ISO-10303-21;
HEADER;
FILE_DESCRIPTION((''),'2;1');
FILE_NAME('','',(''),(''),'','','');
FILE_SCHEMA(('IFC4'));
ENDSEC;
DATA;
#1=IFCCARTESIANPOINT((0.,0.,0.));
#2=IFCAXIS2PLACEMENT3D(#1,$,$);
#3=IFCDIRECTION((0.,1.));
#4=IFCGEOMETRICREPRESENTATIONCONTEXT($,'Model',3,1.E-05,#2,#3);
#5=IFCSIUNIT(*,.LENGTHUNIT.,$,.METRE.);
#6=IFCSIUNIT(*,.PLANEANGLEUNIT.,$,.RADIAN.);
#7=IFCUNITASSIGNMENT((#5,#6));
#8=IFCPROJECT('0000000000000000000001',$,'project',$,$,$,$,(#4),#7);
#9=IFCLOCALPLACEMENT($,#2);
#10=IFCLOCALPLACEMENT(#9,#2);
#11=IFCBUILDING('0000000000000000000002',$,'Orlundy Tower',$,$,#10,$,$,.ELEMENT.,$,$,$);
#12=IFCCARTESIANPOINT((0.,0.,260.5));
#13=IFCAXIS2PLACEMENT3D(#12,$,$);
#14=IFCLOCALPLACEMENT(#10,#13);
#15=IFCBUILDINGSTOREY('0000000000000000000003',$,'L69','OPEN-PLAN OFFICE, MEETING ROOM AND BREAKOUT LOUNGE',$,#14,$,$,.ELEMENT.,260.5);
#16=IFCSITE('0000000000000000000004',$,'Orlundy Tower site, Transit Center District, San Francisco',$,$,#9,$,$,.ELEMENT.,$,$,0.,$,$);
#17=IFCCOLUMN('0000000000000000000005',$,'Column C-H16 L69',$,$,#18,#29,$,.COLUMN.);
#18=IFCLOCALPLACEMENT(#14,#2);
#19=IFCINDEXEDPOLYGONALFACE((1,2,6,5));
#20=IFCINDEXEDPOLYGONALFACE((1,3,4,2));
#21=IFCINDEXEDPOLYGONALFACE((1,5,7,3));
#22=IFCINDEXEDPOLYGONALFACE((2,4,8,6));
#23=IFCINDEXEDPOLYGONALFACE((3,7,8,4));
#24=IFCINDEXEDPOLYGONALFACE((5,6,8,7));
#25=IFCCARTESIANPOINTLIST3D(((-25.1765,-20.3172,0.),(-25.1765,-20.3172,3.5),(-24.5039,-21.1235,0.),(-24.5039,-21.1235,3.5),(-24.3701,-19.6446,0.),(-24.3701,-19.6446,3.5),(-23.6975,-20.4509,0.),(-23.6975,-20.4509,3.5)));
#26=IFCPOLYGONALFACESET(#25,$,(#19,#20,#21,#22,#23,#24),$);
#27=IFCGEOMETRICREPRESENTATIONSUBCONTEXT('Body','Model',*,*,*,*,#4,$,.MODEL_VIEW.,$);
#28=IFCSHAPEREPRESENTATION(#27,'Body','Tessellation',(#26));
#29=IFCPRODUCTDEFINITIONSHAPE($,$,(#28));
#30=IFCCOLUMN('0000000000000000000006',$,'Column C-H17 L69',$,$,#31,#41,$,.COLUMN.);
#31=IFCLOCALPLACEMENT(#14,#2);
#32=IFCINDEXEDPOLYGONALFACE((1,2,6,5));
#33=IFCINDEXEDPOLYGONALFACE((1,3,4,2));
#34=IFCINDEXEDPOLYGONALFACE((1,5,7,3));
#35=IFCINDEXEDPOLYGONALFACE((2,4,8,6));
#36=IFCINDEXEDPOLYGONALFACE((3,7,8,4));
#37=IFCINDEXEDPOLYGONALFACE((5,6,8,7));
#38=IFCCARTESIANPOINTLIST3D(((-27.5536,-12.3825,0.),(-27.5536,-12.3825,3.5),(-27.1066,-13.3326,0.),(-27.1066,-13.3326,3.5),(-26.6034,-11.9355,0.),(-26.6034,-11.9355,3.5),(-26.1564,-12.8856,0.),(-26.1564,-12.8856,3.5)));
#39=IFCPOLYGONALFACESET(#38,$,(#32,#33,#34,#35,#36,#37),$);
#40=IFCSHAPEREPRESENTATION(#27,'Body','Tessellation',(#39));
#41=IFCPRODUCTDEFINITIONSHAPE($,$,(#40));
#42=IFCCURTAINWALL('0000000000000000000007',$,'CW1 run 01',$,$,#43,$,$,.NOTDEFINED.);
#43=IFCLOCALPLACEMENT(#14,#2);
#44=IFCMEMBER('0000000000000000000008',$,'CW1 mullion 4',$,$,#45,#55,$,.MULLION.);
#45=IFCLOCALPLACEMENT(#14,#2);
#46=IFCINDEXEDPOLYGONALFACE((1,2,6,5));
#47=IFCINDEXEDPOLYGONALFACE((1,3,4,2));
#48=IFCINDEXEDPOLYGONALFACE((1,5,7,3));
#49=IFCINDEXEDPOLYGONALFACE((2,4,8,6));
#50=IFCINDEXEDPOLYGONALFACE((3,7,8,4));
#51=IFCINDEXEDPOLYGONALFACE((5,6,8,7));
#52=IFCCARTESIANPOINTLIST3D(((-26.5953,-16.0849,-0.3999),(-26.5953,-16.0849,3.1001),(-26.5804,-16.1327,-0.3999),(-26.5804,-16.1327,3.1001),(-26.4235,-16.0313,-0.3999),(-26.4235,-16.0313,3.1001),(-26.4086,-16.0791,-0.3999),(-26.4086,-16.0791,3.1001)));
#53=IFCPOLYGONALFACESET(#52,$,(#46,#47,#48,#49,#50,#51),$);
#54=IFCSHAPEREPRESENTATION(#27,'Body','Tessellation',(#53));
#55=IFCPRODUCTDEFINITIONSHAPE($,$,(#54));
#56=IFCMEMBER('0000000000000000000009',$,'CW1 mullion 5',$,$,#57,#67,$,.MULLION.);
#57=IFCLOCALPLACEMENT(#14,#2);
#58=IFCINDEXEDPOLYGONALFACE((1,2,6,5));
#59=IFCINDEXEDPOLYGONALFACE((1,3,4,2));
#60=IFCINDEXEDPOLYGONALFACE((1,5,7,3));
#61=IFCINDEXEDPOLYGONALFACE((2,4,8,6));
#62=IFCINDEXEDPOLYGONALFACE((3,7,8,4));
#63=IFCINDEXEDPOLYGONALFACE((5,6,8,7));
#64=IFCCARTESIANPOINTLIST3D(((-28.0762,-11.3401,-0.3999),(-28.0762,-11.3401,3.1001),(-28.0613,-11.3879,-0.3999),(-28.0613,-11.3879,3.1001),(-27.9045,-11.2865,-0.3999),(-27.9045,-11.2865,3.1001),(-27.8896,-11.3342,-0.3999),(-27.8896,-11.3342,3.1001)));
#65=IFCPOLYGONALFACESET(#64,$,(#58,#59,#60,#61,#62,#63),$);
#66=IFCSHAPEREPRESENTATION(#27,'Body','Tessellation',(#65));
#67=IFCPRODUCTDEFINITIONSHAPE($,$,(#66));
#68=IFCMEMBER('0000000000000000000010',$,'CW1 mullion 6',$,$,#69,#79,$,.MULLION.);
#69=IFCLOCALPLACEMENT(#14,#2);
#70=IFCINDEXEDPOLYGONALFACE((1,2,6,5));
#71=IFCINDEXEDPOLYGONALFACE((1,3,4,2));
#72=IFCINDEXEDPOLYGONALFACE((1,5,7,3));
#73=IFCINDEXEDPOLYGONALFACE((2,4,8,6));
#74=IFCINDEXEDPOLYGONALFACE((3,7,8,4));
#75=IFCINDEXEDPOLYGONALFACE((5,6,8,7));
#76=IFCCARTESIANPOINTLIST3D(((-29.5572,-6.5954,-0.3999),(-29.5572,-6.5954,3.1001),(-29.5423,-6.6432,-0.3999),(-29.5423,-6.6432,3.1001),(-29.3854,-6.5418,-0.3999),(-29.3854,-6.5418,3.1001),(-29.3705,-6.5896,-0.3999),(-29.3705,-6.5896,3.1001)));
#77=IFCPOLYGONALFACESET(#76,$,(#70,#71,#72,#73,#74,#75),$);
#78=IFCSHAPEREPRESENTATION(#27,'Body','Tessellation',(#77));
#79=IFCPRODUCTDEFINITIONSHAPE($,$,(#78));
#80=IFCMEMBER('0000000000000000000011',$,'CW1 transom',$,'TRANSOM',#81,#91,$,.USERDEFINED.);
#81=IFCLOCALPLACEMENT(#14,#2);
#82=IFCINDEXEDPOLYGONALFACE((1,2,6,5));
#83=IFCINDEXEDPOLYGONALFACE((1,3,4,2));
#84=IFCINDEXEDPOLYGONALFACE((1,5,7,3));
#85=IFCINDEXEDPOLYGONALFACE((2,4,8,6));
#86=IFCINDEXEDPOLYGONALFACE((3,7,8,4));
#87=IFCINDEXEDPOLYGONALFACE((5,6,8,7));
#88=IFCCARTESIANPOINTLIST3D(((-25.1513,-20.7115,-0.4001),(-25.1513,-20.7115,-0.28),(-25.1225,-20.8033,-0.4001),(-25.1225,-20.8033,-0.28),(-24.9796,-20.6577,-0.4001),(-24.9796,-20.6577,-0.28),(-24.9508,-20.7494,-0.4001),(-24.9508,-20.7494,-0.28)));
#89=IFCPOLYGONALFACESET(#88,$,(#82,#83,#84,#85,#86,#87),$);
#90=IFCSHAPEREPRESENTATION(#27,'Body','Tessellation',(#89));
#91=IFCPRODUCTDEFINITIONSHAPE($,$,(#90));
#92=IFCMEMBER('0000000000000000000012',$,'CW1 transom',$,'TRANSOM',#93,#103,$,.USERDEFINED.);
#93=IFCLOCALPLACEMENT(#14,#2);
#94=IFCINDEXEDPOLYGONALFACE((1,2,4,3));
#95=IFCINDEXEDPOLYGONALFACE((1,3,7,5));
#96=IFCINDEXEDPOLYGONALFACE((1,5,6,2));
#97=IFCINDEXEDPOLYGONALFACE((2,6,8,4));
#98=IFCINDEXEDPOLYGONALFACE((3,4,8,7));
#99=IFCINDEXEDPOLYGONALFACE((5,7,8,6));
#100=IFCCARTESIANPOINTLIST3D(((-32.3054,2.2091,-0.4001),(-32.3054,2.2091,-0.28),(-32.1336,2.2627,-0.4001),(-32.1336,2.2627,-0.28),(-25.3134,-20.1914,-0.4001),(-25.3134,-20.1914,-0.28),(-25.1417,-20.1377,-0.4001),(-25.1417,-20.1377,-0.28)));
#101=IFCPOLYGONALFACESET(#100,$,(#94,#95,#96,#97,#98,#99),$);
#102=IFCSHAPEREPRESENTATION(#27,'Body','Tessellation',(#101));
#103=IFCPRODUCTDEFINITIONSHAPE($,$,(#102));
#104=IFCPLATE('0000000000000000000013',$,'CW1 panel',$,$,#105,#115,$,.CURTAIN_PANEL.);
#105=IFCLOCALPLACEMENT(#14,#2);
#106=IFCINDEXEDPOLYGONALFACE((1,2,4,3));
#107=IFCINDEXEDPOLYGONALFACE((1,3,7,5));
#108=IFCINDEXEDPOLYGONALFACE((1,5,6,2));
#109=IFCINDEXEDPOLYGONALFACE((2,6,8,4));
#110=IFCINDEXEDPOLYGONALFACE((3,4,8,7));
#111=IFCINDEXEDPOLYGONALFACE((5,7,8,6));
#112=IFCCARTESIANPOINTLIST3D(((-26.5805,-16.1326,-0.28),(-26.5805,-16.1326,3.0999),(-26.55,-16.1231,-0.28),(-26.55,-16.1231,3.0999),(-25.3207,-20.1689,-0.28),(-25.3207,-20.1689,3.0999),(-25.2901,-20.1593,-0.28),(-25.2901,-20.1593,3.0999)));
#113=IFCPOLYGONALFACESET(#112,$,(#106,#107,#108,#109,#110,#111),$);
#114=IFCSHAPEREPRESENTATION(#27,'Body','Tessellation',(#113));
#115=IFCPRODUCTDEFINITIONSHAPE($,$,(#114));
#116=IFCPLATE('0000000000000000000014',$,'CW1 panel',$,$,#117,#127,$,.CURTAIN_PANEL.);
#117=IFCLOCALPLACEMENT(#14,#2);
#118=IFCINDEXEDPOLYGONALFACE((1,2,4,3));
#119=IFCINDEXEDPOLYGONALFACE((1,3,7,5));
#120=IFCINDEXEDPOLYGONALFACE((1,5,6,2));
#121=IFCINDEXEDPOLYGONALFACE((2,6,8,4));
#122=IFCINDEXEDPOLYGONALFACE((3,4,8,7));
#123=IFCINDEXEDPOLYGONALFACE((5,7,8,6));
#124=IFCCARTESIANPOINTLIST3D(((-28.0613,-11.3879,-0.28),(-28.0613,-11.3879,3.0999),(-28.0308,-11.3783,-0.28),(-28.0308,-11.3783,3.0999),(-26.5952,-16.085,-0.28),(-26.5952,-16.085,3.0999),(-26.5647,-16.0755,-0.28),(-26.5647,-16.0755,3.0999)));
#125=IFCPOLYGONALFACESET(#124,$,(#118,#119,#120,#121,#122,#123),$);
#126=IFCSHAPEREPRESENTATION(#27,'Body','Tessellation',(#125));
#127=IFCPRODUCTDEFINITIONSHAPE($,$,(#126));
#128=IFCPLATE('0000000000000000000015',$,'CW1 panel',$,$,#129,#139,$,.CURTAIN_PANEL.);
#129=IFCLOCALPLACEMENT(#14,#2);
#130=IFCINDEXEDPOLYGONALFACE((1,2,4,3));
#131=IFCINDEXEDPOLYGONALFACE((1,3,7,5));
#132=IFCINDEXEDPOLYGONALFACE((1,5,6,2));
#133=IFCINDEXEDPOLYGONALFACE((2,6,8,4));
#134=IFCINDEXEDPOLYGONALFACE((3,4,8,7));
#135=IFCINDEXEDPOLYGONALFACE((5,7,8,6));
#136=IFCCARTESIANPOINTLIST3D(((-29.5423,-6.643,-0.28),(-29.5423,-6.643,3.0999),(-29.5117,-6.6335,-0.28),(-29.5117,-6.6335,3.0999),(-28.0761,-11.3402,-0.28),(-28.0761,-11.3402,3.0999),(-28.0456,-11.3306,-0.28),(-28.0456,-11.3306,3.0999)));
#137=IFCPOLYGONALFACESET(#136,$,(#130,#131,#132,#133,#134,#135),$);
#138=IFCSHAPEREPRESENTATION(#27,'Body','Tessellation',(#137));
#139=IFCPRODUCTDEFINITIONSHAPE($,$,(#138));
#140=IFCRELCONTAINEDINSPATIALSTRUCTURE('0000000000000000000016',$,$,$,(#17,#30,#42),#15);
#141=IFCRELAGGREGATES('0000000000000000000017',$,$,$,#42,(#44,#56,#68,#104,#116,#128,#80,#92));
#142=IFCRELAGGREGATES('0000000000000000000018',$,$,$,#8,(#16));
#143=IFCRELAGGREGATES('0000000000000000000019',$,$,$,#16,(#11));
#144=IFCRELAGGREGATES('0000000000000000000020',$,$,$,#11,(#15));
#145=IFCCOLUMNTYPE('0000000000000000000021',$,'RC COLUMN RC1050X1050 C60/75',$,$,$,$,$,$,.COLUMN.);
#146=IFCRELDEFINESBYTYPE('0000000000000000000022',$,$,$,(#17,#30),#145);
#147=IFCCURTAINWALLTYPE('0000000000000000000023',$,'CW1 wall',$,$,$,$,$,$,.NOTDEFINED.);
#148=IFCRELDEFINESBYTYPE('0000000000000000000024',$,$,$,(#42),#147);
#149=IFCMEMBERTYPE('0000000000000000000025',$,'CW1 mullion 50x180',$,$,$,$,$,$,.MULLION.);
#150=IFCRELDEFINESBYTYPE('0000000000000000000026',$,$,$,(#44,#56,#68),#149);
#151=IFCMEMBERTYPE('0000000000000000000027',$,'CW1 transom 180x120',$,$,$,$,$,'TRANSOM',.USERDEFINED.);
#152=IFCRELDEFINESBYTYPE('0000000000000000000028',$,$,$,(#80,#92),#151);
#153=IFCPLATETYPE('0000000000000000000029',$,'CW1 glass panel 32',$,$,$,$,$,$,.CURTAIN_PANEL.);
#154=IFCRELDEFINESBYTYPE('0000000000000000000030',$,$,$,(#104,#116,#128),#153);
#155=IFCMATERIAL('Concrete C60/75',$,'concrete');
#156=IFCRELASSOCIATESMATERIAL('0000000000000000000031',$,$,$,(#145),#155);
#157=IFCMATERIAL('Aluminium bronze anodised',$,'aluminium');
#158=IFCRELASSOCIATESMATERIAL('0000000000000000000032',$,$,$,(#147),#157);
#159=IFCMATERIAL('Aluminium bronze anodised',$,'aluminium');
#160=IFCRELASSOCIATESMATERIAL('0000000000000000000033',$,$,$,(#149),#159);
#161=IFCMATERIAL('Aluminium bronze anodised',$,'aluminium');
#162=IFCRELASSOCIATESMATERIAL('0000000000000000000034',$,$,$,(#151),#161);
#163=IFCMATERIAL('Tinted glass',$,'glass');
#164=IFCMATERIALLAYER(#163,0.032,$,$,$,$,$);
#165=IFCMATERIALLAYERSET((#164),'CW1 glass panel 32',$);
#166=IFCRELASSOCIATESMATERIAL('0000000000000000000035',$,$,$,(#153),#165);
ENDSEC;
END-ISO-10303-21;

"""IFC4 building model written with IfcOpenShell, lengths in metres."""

from ifc_helpers import new_model, si_unit, direction, frame, origin, origin_2d, place, context, subcontext, project, spatial, rectangle, extrude, material, layer, layer_set, material_profile, profile_set, type_object, element, aggregate, save


model = new_model("IFC4")

# Units and contexts
model_context = context("Model", 3, precision=1e-05, world=origin(), true_north=direction((0.0, 1.0)))
body_context = subcontext(model_context, "Body", "Model", "MODEL_VIEW")
ifc_project = project(units=[si_unit("LENGTHUNIT", "METRE"), si_unit("PLANEANGLEUNIT", "RADIAN")], contexts=[model_context])

# Site, building, storey
site_placement = place(None, origin())
site = spatial("IfcSite", under=ifc_project, at=site_placement, Name="Orlundy Tower site, Transit Center District, San Francisco", CompositionType="ELEMENT", RefElevation=0.0)
building_placement = place(site_placement, origin())
building = spatial("IfcBuilding", under=site, at=building_placement, Name="Orlundy Tower", CompositionType="ELEMENT")
storey_placement = place(building_placement, frame((0.0, 0.0, 260.5)))
storey = spatial("IfcBuildingStorey", under=building, at=storey_placement, Name="L69", Description="OPEN-PLAN OFFICE, MEETING ROOM AND BREAKOUT LOUNGE", CompositionType="ELEMENT", Elevation=260.5)

# Columns
ifc_material_1 = material(Name="Concrete C60/75", Category="concrete")
ifc_material_profile_1 = material_profile(ifc_material_1, rectangle(XDim=1.05, YDim=1.05, at=origin_2d()), Name="RC1050X1050")
ifc_profile_set_1 = profile_set([ifc_material_profile_1], Name="Concrete C60/75")
column_type = type_object("IfcColumnType", Name="RC COLUMN RC1050X1050 C60/75", PredefinedType="COLUMN", material=ifc_profile_set_1)
for number, where, z_axis, x_axis, name in (
    (1, (-24.437, -20.384, 0.0), (0.0, 0.0, 1.0), (-0.767915, -0.640552, 0.0), "Column C-H16 L69"),
    (2, (-26.855, -12.634, 0.0), (0.0, 0.0, 1.0), (-0.904864, -0.4257, 0.0), "Column C-H17 L69"),
):
    element("IfcColumn", number, at=place(storey_placement, frame(where, z_axis=z_axis, x_axis=x_axis)), inside=storey, type_object=column_type, Name=name, PredefinedType="COLUMN", context=body_context, shape_type="SweptSolid", body=[
        extrude(rectangle(XDim=1.05, YDim=1.05, at=origin_2d()), origin(), (0.0, 0.0, 1.0), 3.5),
    ])

# Curtain wall, members, plates
ifc_material_2 = material(Name="Aluminium bronze anodised", Category="aluminium")
curtain_wall_type = type_object("IfcCurtainWallType", Name="CW1 wall", PredefinedType="NOTDEFINED", material=ifc_material_2)
curtain_wall_placement = place(storey_placement, origin())
curtain_wall = element("IfcCurtainWall", 3, at=curtain_wall_placement, inside=storey, type_object=curtain_wall_type, Name="CW1 run 01", PredefinedType="NOTDEFINED")
ifc_material_3 = material(Name="Aluminium bronze anodised", Category="aluminium")
ifc_material_profile_2 = material_profile(ifc_material_3, rectangle(XDim=0.1799, YDim=0.05, at=origin_2d()), Name="CW1 mullion 50x180")
ifc_profile_set_2 = profile_set([ifc_material_profile_2], Name="Aluminium bronze anodised")
member_type_1 = type_object("IfcMemberType", Name="CW1 mullion 50x180", PredefinedType="MULLION", material=ifc_profile_set_2)
member_1_placement = place(storey_placement, frame((-26.502, -16.082, -0.3999), z_axis=(0.0, 0.0, 1.0), x_axis=(-0.95458, -0.297954, 0.0)))
member_1 = element("IfcMember", 4, at=member_1_placement, type_object=member_type_1, Name="CW1 mullion 4", PredefinedType="MULLION", context=body_context, shape_type="SweptSolid", body=[
    extrude(rectangle(XDim=0.1799, YDim=0.05, at=origin_2d()), origin(), (0.0, 0.0, 1.0), 3.5),
])
member_2_placement = place(storey_placement, frame((-27.9829, -11.3372, -0.3999), z_axis=(0.0, 0.0, 1.0), x_axis=(-0.95458, -0.297954, 0.0)))
member_2 = element("IfcMember", 5, at=member_2_placement, type_object=member_type_1, Name="CW1 mullion 5", PredefinedType="MULLION", context=body_context, shape_type="SweptSolid", body=[
    extrude(rectangle(XDim=0.1799, YDim=0.05, at=origin_2d()), origin(), (0.0, 0.0, 1.0), 3.5),
])
member_3_placement = place(storey_placement, frame((-29.4639, -6.5925, -0.3999), z_axis=(0.0, 0.0, 1.0), x_axis=(-0.95458, -0.297954, 0.0)))
member_3 = element("IfcMember", 6, at=member_3_placement, type_object=member_type_1, Name="CW1 mullion 6", PredefinedType="MULLION", context=body_context, shape_type="SweptSolid", body=[
    extrude(rectangle(XDim=0.1799, YDim=0.05, at=origin_2d()), origin(), (0.0, 0.0, 1.0), 3.5),
])
ifc_material_4 = material(Name="Aluminium bronze anodised", Category="aluminium")
ifc_material_profile_3 = material_profile(ifc_material_4, rectangle(XDim=0.1799, YDim=0.1201, at=origin_2d()), Name="CW1 transom 180x120")
ifc_profile_set_3 = profile_set([ifc_material_profile_3], Name="Aluminium bronze anodised")
member_type_2 = type_object("IfcMemberType", Name="CW1 transom 180x120", ElementType="TRANSOM", PredefinedType="USERDEFINED", material=ifc_profile_set_3)
member_4_placement = place(storey_placement, frame((-25.0366, -20.7764, -0.3401), z_axis=(-0.299431, 0.954118, 0.0), x_axis=(-0.954118, -0.299431, 0.0)))
member_4 = element("IfcMember", 7, at=member_4_placement, type_object=member_type_2, Name="CW1 transom", ObjectType="TRANSOM", PredefinedType="USERDEFINED", context=body_context, shape_type="SweptSolid", body=[
    extrude(rectangle(XDim=0.1799, YDim=0.1201, at=origin_2d()), origin(), (0.0, 0.0, 1.0), 0.0962),
])
member_5_placement = place(storey_placement, frame((-25.2275, -20.1646, -0.3401), z_axis=(-0.297957, 0.954579, 0.0), x_axis=(-0.954579, -0.297957, 0.0)))
member_5 = element("IfcMember", 8, at=member_5_placement, type_object=member_type_2, Name="CW1 transom", ObjectType="TRANSOM", PredefinedType="USERDEFINED", context=body_context, shape_type="SweptSolid", body=[
    extrude(rectangle(XDim=0.1799, YDim=0.1201, at=origin_2d()), origin(), (0.0, 0.0, 1.0), 23.4663),
])
ifc_material_5 = material(Name="Tinted glass", Category="glass")
ifc_layer_1 = layer(ifc_material_5, 0.032)
ifc_layer_set_1 = layer_set([ifc_layer_1], Name="CW1 glass panel 32")
plate_type = type_object("IfcPlateType", Name="CW1 glass panel 32", PredefinedType="CURTAIN_PANEL", material=ifc_layer_set_1)
plate_1_placement = place(storey_placement, frame((-25.9353, -18.146, -0.28), z_axis=(0.0, 0.0, 1.0), x_axis=(-0.297954, 0.95458, 0.0)))
plate_1 = element("IfcPlate", 9, at=plate_1_placement, type_object=plate_type, Name="CW1 panel", PredefinedType="CURTAIN_PANEL", context=body_context, shape_type="SweptSolid", body=[
    extrude(rectangle(XDim=4.2283, YDim=0.032, at=origin_2d()), origin(), (0.0, 0.0, 1.0), 3.3799),
])
plate_2_placement = place(storey_placement, frame((-27.313, -13.7317, -0.28), z_axis=(0.0, 0.0, 1.0), x_axis=(-0.297954, 0.95458, 0.0)))
plate_2 = element("IfcPlate", 10, at=plate_2_placement, type_object=plate_type, Name="CW1 panel", PredefinedType="CURTAIN_PANEL", context=body_context, shape_type="SweptSolid", body=[
    extrude(rectangle(XDim=4.9207, YDim=0.032, at=origin_2d()), origin(), (0.0, 0.0, 1.0), 3.3799),
])
plate_3_placement = place(storey_placement, frame((-28.7939, -8.9868, -0.28), z_axis=(0.0, 0.0, 1.0), x_axis=(-0.297954, 0.95458, 0.0)))
plate_3 = element("IfcPlate", 11, at=plate_3_placement, type_object=plate_type, Name="CW1 panel", PredefinedType="CURTAIN_PANEL", context=body_context, shape_type="SweptSolid", body=[
    extrude(rectangle(XDim=4.9207, YDim=0.032, at=origin_2d()), origin(), (0.0, 0.0, 1.0), 3.3799),
])
aggregate(curtain_wall, [member_1, member_2, member_3, plate_1, plate_2, plate_3, member_4, member_5])

save(model, "model.ifc")
